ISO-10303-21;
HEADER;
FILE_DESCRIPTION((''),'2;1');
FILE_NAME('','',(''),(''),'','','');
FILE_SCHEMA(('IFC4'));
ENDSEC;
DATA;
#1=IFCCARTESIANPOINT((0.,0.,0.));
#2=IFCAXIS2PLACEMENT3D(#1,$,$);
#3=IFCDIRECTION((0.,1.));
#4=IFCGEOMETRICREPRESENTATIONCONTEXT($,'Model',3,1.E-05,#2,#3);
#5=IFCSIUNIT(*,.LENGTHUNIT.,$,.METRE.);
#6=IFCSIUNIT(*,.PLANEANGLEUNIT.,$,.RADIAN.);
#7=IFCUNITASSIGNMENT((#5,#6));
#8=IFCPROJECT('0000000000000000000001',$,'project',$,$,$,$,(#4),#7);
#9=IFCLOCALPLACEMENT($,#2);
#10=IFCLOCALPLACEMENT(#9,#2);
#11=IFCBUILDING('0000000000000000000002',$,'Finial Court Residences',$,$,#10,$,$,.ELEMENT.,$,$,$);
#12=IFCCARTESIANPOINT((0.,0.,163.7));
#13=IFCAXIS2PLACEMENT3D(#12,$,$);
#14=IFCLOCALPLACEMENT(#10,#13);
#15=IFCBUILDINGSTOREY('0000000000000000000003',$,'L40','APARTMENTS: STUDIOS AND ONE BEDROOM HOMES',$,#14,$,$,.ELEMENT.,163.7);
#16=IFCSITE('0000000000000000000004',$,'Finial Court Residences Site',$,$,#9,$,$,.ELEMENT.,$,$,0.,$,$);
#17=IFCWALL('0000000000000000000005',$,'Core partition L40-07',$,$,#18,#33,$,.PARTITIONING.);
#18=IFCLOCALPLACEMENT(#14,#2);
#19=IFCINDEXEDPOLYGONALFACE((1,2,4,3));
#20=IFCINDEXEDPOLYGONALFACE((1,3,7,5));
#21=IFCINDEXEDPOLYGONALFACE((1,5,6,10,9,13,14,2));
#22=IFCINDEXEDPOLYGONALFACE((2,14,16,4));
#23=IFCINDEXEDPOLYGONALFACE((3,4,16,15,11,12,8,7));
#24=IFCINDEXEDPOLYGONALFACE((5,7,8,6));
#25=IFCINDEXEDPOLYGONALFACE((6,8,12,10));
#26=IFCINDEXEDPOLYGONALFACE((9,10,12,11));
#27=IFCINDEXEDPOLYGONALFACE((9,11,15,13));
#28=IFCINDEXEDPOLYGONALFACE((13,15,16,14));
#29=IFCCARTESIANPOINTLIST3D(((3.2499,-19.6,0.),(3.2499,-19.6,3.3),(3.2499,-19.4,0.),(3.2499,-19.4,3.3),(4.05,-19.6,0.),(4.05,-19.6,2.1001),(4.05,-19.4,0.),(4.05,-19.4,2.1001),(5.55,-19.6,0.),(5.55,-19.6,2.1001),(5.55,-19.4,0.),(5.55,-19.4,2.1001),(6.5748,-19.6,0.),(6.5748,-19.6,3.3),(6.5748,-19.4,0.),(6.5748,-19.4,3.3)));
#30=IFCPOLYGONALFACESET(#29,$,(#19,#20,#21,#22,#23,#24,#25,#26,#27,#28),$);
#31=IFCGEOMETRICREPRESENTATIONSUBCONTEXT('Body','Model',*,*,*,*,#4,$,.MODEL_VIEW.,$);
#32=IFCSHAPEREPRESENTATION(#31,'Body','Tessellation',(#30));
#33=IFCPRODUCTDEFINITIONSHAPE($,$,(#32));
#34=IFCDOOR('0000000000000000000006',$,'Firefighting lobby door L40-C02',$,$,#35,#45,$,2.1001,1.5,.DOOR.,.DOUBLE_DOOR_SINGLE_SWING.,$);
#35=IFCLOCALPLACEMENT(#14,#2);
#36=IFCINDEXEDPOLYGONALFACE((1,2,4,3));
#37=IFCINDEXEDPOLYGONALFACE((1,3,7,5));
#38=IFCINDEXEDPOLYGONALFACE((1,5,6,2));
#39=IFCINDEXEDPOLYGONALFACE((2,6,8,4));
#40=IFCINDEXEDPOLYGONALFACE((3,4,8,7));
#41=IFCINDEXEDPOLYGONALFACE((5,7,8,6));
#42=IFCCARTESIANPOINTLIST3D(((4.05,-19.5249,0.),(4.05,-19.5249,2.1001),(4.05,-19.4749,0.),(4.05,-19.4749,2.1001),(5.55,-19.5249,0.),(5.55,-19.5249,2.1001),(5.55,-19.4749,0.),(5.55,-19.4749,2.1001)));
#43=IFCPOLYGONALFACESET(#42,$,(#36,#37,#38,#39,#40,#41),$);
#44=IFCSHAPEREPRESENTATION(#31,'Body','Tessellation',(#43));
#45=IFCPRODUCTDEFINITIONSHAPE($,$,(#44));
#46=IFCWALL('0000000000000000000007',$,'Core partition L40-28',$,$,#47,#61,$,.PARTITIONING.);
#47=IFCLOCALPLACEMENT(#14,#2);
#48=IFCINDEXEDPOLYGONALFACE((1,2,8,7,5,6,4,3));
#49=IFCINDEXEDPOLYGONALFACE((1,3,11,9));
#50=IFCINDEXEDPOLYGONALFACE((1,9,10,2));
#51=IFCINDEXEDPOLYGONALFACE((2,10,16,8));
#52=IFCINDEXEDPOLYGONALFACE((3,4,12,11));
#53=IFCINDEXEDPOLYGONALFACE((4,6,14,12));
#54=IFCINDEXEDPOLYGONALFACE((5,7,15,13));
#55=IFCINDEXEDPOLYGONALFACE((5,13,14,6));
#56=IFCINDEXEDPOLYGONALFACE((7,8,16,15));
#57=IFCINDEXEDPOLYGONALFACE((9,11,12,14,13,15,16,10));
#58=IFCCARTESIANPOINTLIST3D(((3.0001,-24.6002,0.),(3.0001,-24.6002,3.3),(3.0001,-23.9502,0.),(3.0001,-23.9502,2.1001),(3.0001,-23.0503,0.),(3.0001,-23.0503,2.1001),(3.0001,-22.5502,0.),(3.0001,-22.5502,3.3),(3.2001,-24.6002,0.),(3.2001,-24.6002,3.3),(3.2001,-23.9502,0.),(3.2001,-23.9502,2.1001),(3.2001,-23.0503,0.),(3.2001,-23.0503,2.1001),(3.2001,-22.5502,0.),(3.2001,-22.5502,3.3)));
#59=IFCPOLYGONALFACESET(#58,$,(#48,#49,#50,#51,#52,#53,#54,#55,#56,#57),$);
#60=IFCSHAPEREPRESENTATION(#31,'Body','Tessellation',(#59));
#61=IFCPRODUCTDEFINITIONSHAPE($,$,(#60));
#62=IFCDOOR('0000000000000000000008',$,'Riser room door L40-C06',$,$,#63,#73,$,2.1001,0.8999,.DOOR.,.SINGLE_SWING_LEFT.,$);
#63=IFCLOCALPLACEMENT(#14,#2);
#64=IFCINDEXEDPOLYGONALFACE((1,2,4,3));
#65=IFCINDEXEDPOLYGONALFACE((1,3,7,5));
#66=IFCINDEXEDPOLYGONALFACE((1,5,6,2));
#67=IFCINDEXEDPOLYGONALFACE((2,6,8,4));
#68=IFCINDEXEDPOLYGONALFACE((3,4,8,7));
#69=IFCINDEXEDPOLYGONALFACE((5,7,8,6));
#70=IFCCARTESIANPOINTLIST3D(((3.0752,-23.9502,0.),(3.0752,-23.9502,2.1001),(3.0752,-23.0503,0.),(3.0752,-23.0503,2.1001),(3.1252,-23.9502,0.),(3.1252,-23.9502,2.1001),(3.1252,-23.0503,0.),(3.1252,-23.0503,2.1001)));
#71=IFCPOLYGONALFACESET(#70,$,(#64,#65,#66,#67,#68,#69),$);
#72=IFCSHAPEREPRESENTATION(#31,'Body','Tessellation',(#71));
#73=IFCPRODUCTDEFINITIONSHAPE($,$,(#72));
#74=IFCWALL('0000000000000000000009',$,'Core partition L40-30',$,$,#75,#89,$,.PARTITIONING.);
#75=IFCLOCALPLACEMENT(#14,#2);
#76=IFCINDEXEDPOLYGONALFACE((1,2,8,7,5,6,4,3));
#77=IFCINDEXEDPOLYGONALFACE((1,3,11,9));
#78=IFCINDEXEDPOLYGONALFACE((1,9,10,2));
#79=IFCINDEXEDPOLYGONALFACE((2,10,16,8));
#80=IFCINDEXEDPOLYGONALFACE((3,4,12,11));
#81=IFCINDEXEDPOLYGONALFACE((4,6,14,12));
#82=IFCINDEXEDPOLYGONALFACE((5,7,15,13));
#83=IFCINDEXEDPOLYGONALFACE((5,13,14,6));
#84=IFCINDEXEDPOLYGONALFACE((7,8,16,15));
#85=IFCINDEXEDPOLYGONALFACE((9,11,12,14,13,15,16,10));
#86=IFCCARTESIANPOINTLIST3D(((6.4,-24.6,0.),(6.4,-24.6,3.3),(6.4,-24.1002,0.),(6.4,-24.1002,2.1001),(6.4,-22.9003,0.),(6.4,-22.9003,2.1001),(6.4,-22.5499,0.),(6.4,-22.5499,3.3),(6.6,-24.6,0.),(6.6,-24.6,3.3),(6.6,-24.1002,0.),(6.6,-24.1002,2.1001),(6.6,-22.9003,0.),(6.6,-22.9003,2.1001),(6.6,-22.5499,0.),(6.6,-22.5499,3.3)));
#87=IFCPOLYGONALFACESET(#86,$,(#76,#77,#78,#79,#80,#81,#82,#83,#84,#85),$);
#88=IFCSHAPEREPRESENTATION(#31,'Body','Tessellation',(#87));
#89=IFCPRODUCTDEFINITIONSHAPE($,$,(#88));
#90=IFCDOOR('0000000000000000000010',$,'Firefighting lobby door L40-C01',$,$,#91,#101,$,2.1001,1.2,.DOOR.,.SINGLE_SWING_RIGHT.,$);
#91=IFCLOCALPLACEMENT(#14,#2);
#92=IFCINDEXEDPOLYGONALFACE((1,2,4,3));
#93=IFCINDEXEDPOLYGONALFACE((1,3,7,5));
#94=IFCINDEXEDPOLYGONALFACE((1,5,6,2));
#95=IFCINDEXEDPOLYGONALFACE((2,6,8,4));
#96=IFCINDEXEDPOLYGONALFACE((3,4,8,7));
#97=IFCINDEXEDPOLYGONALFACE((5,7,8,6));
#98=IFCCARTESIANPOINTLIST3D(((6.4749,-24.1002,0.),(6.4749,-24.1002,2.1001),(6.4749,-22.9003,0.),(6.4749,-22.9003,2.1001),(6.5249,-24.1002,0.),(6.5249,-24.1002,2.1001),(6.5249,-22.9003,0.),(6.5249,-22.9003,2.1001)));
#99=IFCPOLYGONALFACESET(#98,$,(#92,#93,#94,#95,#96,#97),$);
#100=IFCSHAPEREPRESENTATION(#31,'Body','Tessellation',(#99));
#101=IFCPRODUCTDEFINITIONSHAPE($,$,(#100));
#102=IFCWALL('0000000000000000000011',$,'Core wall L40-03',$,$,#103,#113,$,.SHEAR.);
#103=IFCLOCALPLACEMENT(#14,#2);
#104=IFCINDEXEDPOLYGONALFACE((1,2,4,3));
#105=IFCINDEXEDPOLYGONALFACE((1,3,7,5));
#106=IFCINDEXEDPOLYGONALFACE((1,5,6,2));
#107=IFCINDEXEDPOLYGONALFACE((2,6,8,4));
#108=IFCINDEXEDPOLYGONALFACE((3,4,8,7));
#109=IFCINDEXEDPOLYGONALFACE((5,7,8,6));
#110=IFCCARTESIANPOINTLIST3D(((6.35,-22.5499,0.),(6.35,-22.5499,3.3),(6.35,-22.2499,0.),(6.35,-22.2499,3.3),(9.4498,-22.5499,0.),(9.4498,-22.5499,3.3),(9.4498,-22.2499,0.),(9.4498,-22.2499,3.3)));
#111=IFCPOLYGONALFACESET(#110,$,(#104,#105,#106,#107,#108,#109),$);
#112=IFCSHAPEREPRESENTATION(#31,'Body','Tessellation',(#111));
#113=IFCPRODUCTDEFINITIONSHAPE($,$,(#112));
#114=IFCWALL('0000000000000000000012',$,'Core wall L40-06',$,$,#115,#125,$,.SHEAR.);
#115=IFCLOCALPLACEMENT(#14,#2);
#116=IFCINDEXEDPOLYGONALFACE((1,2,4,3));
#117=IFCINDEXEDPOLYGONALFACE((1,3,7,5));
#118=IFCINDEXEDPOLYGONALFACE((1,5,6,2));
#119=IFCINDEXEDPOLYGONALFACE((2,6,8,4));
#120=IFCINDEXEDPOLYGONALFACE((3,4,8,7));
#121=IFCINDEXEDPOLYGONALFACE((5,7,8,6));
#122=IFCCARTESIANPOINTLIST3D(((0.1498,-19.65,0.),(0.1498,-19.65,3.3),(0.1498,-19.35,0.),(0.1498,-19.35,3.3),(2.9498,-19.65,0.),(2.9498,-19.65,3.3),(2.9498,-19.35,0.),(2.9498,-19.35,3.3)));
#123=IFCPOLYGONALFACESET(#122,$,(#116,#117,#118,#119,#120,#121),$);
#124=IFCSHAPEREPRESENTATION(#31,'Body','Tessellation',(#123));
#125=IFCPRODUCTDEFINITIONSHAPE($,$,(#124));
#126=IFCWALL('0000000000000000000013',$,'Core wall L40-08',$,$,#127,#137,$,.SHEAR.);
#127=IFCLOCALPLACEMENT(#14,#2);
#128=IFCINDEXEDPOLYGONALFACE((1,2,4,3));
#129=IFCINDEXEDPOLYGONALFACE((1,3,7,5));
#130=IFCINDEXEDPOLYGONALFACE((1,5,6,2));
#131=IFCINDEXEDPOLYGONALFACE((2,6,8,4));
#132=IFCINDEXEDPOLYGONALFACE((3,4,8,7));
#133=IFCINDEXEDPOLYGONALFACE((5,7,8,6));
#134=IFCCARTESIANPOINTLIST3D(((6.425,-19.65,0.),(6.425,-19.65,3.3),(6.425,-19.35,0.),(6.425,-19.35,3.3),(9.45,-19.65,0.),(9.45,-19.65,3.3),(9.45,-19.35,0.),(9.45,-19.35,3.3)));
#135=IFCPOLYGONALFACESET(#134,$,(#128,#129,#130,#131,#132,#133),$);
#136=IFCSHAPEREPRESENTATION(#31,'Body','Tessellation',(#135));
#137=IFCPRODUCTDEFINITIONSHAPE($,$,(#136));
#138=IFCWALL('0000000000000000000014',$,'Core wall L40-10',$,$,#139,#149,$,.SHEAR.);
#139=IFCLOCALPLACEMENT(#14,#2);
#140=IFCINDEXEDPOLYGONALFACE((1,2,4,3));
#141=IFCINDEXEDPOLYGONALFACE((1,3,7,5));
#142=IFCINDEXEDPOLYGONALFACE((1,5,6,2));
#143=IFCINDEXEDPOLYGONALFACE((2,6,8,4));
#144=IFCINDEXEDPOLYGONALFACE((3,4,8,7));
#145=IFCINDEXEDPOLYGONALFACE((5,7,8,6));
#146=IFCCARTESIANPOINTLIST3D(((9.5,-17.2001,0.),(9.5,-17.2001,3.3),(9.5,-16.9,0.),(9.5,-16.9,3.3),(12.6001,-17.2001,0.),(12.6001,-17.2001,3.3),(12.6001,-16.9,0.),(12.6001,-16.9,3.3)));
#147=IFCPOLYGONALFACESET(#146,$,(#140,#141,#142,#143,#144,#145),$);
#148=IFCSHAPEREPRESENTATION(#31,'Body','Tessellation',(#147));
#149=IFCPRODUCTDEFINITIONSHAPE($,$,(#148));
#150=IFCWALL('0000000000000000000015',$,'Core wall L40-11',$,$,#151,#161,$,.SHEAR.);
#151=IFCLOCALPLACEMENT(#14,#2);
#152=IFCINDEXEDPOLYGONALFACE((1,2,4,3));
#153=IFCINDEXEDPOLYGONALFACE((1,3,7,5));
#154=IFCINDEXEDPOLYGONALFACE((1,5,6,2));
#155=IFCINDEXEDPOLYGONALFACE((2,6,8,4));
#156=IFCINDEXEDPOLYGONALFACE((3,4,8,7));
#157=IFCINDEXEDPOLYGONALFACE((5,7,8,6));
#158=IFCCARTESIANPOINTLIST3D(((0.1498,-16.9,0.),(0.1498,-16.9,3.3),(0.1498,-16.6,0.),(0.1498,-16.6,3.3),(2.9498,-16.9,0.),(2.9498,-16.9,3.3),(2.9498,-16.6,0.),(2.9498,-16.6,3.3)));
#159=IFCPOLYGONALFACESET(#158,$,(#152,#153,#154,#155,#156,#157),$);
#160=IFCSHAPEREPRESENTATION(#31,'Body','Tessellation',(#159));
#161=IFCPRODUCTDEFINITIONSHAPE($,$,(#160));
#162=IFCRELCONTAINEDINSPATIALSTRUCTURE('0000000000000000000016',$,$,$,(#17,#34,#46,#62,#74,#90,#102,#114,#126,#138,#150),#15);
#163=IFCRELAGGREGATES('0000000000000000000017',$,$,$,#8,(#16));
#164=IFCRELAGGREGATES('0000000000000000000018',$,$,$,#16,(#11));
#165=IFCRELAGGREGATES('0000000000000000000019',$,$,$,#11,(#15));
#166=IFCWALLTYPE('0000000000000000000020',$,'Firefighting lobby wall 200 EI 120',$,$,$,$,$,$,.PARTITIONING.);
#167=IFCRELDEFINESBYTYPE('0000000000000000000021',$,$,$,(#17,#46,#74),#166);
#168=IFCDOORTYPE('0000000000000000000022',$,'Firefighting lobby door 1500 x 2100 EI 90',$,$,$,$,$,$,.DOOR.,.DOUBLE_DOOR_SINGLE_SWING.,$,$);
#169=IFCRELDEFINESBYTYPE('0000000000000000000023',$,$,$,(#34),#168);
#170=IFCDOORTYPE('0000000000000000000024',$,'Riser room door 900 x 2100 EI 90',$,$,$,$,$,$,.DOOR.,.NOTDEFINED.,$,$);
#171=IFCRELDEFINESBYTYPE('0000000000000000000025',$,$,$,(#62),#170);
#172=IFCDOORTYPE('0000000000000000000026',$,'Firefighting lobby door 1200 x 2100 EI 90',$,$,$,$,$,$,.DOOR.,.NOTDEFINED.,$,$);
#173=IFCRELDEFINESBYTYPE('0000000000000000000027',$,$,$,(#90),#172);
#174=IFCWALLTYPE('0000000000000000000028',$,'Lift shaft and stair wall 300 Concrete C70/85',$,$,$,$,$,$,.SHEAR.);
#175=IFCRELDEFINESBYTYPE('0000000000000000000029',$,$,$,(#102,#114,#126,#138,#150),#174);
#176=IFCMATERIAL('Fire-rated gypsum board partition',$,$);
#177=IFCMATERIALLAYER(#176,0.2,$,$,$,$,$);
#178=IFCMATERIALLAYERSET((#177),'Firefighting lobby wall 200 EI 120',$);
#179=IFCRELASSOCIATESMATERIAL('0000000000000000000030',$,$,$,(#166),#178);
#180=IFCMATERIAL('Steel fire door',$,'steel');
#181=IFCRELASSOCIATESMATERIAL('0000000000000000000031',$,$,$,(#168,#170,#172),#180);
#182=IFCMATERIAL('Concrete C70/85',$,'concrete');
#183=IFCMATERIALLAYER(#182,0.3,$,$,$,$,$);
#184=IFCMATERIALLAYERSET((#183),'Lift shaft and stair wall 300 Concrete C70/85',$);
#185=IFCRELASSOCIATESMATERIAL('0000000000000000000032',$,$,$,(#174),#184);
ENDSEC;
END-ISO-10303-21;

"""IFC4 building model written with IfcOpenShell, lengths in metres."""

from ifc_helpers import new_model, si_unit, direction, frame, frame_2d, origin, place, context, subcontext, project, spatial, rectangle, extrude, material, layer, layer_set, type_object, element, fill, save


model = new_model("IFC4")

# Units and contexts
model_context = context("Model", 3, precision=1e-05, world=origin(), true_north=direction((0.0, 1.0)))
body_context = subcontext(model_context, "Body", "Model", "MODEL_VIEW")
ifc_project = project(units=[si_unit("LENGTHUNIT", "METRE"), si_unit("PLANEANGLEUNIT", "RADIAN")], contexts=[model_context])

# Site, building, storey
site_placement = place(None, origin())
site = spatial("IfcSite", under=ifc_project, at=site_placement, Name="Finial Court Residences Site", CompositionType="ELEMENT", RefElevation=0.0)
building_placement = place(site_placement, origin())
building = spatial("IfcBuilding", under=site, at=building_placement, Name="Finial Court Residences", CompositionType="ELEMENT")
storey_placement = place(building_placement, frame((0.0, 0.0, 163.7)))
storey = spatial("IfcBuildingStorey", under=building, at=storey_placement, Name="L40", Description="APARTMENTS: STUDIOS AND ONE BEDROOM HOMES", CompositionType="ELEMENT", Elevation=163.7)

# Walls, openings, doors
ifc_material_1 = material(Name="Fire-rated gypsum board partition")
ifc_layer_1 = layer(ifc_material_1, 0.2)
ifc_layer_set_1 = layer_set([ifc_layer_1], Name="Firefighting lobby wall 200 EI 120")
wall_type_1 = type_object("IfcWallType", Name="Firefighting lobby wall 200 EI 120", PredefinedType="PARTITIONING", material=ifc_layer_set_1)
wall_1_placement = place(storey_placement, frame((6.575, -19.5, 0.0), z_axis=(0.0, 0.0, 1.0), x_axis=(-1.0, 0.0, 0.0)))
wall_1 = element("IfcWall", 1, at=wall_1_placement, inside=storey, type_object=wall_type_1, Name="Core partition L40-07", PredefinedType="PARTITIONING", context=body_context, shape_type="SweptSolid", body=[
    extrude(rectangle(XDim=3.325, YDim=0.2, at=frame_2d((1.6626, 0.0))), origin(), (0.0, 0.0, 1.0), 3.3),
])
opening_1_placement = place(wall_1_placement, frame((1.0249, 0.0, 0.0)))
opening_1 = element("IfcOpeningElement", 2, at=opening_1_placement, cuts=wall_1, PredefinedType="OPENING", context=body_context, shape_type="SweptSolid", body=[
    extrude(rectangle(XDim=1.5, YDim=2.1001, at=frame_2d((0.75, 1.05))), frame((0.0, 0.1099, 0.0), z_axis=(0.0, -1.0, 0.0), x_axis=(1.0, 0.0, 0.0)), (0.0, 0.0, 1.0), 0.22),
])
ifc_material_2 = material(Name="Steel fire door", Category="steel")
door_type_1 = type_object("IfcDoorType", Name="Firefighting lobby door 1500 x 2100 EI 90", OperationType="DOUBLE_DOOR_SINGLE_SWING", PredefinedType="DOOR", material=ifc_material_2)
door_1_placement = place(opening_1_placement, origin())
door_1 = element("IfcDoor", 3, at=door_1_placement, inside=storey, type_object=door_type_1, Name="Firefighting lobby door L40-C02", OperationType="DOUBLE_DOOR_SINGLE_SWING", OverallHeight=2.1001, OverallWidth=1.5, PredefinedType="DOOR", context=body_context, shape_type="SweptSolid", body=[
    extrude(rectangle(XDim=1.5, YDim=2.1001, at=frame_2d((0.75, 1.05))), frame((0.0, 0.0249, 0.0), z_axis=(0.0, -1.0, 0.0), x_axis=(1.0, 0.0, 0.0)), (0.0, 0.0, 1.0), 0.05),
])
fill(opening_1, door_1)
wall_2_placement = place(storey_placement, frame((3.1001, -24.6001, 0.0), z_axis=(0.0, 0.0, 1.0), x_axis=(0.0, 1.0, 0.0)))
wall_2 = element("IfcWall", 4, at=wall_2_placement, inside=storey, type_object=wall_type_1, Name="Core partition L40-28", PredefinedType="PARTITIONING", context=body_context, shape_type="SweptSolid", body=[
    extrude(rectangle(XDim=2.05, YDim=0.2, at=frame_2d((1.0249, 0.0))), origin(), (0.0, 0.0, 1.0), 3.3),
])
opening_2_placement = place(wall_2_placement, frame((0.6499, 0.0, 0.0)))
opening_2 = element("IfcOpeningElement", 5, at=opening_2_placement, cuts=wall_2, PredefinedType="OPENING", context=body_context, shape_type="SweptSolid", body=[
    extrude(rectangle(XDim=0.8999, YDim=2.1001, at=frame_2d((0.45, 1.05))), frame((0.0, 0.1099, 0.0), z_axis=(0.0, -1.0, 0.0), x_axis=(1.0, 0.0, 0.0)), (0.0, 0.0, 1.0), 0.22),
])
door_type_2 = type_object("IfcDoorType", Name="Riser room door 900 x 2100 EI 90", OperationType="NOTDEFINED", PredefinedType="DOOR", material=ifc_material_2)
door_2_placement = place(opening_2_placement, origin())
door_2 = element("IfcDoor", 6, at=door_2_placement, inside=storey, type_object=door_type_2, Name="Riser room door L40-C06", OperationType="SINGLE_SWING_LEFT", OverallHeight=2.1001, OverallWidth=0.8999, PredefinedType="DOOR", context=body_context, shape_type="SweptSolid", body=[
    extrude(rectangle(XDim=0.8999, YDim=2.1001, at=frame_2d((0.45, 1.05))), frame((0.0, 0.0249, 0.0), z_axis=(0.0, -1.0, 0.0), x_axis=(1.0, 0.0, 0.0)), (0.0, 0.0, 1.0), 0.05),
])
fill(opening_2, door_2)
wall_3_placement = place(storey_placement, frame((6.5, -22.55, 0.0), z_axis=(0.0, 0.0, 1.0), x_axis=(0.0, -1.0, 0.0)))
wall_3 = element("IfcWall", 7, at=wall_3_placement, inside=storey, type_object=wall_type_1, Name="Core partition L40-30", PredefinedType="PARTITIONING", context=body_context, shape_type="SweptSolid", body=[
    extrude(rectangle(XDim=2.05, YDim=0.2, at=frame_2d((1.0249, 0.0))), origin(), (0.0, 0.0, 1.0), 3.3),
])
opening_3_placement = place(wall_3_placement, frame((0.3501, 0.0, 0.0)))
opening_3 = element("IfcOpeningElement", 8, at=opening_3_placement, cuts=wall_3, PredefinedType="OPENING", context=body_context, shape_type="SweptSolid", body=[
    extrude(rectangle(XDim=1.2, YDim=2.1001, at=frame_2d((0.6001, 1.05))), frame((0.0, 0.1099, 0.0), z_axis=(0.0, -1.0, 0.0), x_axis=(1.0, 0.0, 0.0)), (0.0, 0.0, 1.0), 0.22),
])
door_type_3 = type_object("IfcDoorType", Name="Firefighting lobby door 1200 x 2100 EI 90", OperationType="NOTDEFINED", PredefinedType="DOOR", material=ifc_material_2)
door_3_placement = place(opening_3_placement, origin())
door_3 = element("IfcDoor", 9, at=door_3_placement, inside=storey, type_object=door_type_3, Name="Firefighting lobby door L40-C01", OperationType="SINGLE_SWING_RIGHT", OverallHeight=2.1001, OverallWidth=1.2, PredefinedType="DOOR", context=body_context, shape_type="SweptSolid", body=[
    extrude(rectangle(XDim=1.2, YDim=2.1001, at=frame_2d((0.6001, 1.05))), frame((0.0, 0.0249, 0.0), z_axis=(0.0, -1.0, 0.0), x_axis=(1.0, 0.0, 0.0)), (0.0, 0.0, 1.0), 0.05),
])
fill(opening_3, door_3)

# Walls
ifc_material_3 = material(Name="Concrete C70/85", Category="concrete")
ifc_layer_2 = layer(ifc_material_3, 0.3)
ifc_layer_set_2 = layer_set([ifc_layer_2], Name="Lift shaft and stair wall 300 Concrete C70/85")
wall_type_2 = type_object("IfcWallType", Name="Lift shaft and stair wall 300 Concrete C70/85", PredefinedType="SHEAR", material=ifc_layer_set_2)
wall_4_placement = place(storey_placement, frame((6.3501, -22.3999, 0.0), z_axis=(0.0, 0.0, 1.0), x_axis=(1.0, 0.0, 0.0)))
element("IfcWall", 10, at=wall_4_placement, inside=storey, type_object=wall_type_2, Name="Core wall L40-03", PredefinedType="SHEAR", context=body_context, shape_type="SweptSolid", body=[
    extrude(rectangle(XDim=3.0999, YDim=0.3, at=frame_2d((1.5498, 0.0))), origin(), (0.0, 0.0, 1.0), 3.3),
])
wall_5_placement = place(storey_placement, frame((0.1499, -19.5, 0.0), z_axis=(0.0, 0.0, 1.0), x_axis=(1.0, 0.0, 0.0)))
element("IfcWall", 11, at=wall_5_placement, inside=storey, type_object=wall_type_2, Name="Core wall L40-06", PredefinedType="SHEAR", context=body_context, shape_type="SweptSolid", body=[
    extrude(rectangle(XDim=2.8, YDim=0.3, at=frame_2d((1.3999, 0.0))), origin(), (0.0, 0.0, 1.0), 3.3),
])
wall_6_placement = place(storey_placement, frame((6.425, -19.5, 0.0), z_axis=(0.0, 0.0, 1.0), x_axis=(1.0, 0.0, 0.0)))
element("IfcWall", 12, at=wall_6_placement, inside=storey, type_object=wall_type_2, Name="Core wall L40-08", PredefinedType="SHEAR", context=body_context, shape_type="SweptSolid", body=[
    extrude(rectangle(XDim=3.0249, YDim=0.3, at=frame_2d((1.5125, 0.0))), origin(), (0.0, 0.0, 1.0), 3.3),
])
wall_7_placement = place(storey_placement, frame((9.5, -17.05, 0.0), z_axis=(0.0, 0.0, 1.0), x_axis=(1.0, 0.0, 0.0)))
element("IfcWall", 13, at=wall_7_placement, inside=storey, type_object=wall_type_2, Name="Core wall L40-10", PredefinedType="SHEAR", context=body_context, shape_type="SweptSolid", body=[
    extrude(rectangle(XDim=3.1001, YDim=0.3, at=frame_2d((1.55, 0.0))), origin(), (0.0, 0.0, 1.0), 3.3),
])
wall_8_placement = place(storey_placement, frame((0.1499, -16.75, 0.0), z_axis=(0.0, 0.0, 1.0), x_axis=(1.0, 0.0, 0.0)))
element("IfcWall", 14, at=wall_8_placement, inside=storey, type_object=wall_type_2, Name="Core wall L40-11", PredefinedType="SHEAR", context=body_context, shape_type="SweptSolid", body=[
    extrude(rectangle(XDim=2.8, YDim=0.3, at=frame_2d((1.3999, 0.0))), origin(), (0.0, 0.0, 1.0), 3.3),
])

save(model, "model.ifc")
